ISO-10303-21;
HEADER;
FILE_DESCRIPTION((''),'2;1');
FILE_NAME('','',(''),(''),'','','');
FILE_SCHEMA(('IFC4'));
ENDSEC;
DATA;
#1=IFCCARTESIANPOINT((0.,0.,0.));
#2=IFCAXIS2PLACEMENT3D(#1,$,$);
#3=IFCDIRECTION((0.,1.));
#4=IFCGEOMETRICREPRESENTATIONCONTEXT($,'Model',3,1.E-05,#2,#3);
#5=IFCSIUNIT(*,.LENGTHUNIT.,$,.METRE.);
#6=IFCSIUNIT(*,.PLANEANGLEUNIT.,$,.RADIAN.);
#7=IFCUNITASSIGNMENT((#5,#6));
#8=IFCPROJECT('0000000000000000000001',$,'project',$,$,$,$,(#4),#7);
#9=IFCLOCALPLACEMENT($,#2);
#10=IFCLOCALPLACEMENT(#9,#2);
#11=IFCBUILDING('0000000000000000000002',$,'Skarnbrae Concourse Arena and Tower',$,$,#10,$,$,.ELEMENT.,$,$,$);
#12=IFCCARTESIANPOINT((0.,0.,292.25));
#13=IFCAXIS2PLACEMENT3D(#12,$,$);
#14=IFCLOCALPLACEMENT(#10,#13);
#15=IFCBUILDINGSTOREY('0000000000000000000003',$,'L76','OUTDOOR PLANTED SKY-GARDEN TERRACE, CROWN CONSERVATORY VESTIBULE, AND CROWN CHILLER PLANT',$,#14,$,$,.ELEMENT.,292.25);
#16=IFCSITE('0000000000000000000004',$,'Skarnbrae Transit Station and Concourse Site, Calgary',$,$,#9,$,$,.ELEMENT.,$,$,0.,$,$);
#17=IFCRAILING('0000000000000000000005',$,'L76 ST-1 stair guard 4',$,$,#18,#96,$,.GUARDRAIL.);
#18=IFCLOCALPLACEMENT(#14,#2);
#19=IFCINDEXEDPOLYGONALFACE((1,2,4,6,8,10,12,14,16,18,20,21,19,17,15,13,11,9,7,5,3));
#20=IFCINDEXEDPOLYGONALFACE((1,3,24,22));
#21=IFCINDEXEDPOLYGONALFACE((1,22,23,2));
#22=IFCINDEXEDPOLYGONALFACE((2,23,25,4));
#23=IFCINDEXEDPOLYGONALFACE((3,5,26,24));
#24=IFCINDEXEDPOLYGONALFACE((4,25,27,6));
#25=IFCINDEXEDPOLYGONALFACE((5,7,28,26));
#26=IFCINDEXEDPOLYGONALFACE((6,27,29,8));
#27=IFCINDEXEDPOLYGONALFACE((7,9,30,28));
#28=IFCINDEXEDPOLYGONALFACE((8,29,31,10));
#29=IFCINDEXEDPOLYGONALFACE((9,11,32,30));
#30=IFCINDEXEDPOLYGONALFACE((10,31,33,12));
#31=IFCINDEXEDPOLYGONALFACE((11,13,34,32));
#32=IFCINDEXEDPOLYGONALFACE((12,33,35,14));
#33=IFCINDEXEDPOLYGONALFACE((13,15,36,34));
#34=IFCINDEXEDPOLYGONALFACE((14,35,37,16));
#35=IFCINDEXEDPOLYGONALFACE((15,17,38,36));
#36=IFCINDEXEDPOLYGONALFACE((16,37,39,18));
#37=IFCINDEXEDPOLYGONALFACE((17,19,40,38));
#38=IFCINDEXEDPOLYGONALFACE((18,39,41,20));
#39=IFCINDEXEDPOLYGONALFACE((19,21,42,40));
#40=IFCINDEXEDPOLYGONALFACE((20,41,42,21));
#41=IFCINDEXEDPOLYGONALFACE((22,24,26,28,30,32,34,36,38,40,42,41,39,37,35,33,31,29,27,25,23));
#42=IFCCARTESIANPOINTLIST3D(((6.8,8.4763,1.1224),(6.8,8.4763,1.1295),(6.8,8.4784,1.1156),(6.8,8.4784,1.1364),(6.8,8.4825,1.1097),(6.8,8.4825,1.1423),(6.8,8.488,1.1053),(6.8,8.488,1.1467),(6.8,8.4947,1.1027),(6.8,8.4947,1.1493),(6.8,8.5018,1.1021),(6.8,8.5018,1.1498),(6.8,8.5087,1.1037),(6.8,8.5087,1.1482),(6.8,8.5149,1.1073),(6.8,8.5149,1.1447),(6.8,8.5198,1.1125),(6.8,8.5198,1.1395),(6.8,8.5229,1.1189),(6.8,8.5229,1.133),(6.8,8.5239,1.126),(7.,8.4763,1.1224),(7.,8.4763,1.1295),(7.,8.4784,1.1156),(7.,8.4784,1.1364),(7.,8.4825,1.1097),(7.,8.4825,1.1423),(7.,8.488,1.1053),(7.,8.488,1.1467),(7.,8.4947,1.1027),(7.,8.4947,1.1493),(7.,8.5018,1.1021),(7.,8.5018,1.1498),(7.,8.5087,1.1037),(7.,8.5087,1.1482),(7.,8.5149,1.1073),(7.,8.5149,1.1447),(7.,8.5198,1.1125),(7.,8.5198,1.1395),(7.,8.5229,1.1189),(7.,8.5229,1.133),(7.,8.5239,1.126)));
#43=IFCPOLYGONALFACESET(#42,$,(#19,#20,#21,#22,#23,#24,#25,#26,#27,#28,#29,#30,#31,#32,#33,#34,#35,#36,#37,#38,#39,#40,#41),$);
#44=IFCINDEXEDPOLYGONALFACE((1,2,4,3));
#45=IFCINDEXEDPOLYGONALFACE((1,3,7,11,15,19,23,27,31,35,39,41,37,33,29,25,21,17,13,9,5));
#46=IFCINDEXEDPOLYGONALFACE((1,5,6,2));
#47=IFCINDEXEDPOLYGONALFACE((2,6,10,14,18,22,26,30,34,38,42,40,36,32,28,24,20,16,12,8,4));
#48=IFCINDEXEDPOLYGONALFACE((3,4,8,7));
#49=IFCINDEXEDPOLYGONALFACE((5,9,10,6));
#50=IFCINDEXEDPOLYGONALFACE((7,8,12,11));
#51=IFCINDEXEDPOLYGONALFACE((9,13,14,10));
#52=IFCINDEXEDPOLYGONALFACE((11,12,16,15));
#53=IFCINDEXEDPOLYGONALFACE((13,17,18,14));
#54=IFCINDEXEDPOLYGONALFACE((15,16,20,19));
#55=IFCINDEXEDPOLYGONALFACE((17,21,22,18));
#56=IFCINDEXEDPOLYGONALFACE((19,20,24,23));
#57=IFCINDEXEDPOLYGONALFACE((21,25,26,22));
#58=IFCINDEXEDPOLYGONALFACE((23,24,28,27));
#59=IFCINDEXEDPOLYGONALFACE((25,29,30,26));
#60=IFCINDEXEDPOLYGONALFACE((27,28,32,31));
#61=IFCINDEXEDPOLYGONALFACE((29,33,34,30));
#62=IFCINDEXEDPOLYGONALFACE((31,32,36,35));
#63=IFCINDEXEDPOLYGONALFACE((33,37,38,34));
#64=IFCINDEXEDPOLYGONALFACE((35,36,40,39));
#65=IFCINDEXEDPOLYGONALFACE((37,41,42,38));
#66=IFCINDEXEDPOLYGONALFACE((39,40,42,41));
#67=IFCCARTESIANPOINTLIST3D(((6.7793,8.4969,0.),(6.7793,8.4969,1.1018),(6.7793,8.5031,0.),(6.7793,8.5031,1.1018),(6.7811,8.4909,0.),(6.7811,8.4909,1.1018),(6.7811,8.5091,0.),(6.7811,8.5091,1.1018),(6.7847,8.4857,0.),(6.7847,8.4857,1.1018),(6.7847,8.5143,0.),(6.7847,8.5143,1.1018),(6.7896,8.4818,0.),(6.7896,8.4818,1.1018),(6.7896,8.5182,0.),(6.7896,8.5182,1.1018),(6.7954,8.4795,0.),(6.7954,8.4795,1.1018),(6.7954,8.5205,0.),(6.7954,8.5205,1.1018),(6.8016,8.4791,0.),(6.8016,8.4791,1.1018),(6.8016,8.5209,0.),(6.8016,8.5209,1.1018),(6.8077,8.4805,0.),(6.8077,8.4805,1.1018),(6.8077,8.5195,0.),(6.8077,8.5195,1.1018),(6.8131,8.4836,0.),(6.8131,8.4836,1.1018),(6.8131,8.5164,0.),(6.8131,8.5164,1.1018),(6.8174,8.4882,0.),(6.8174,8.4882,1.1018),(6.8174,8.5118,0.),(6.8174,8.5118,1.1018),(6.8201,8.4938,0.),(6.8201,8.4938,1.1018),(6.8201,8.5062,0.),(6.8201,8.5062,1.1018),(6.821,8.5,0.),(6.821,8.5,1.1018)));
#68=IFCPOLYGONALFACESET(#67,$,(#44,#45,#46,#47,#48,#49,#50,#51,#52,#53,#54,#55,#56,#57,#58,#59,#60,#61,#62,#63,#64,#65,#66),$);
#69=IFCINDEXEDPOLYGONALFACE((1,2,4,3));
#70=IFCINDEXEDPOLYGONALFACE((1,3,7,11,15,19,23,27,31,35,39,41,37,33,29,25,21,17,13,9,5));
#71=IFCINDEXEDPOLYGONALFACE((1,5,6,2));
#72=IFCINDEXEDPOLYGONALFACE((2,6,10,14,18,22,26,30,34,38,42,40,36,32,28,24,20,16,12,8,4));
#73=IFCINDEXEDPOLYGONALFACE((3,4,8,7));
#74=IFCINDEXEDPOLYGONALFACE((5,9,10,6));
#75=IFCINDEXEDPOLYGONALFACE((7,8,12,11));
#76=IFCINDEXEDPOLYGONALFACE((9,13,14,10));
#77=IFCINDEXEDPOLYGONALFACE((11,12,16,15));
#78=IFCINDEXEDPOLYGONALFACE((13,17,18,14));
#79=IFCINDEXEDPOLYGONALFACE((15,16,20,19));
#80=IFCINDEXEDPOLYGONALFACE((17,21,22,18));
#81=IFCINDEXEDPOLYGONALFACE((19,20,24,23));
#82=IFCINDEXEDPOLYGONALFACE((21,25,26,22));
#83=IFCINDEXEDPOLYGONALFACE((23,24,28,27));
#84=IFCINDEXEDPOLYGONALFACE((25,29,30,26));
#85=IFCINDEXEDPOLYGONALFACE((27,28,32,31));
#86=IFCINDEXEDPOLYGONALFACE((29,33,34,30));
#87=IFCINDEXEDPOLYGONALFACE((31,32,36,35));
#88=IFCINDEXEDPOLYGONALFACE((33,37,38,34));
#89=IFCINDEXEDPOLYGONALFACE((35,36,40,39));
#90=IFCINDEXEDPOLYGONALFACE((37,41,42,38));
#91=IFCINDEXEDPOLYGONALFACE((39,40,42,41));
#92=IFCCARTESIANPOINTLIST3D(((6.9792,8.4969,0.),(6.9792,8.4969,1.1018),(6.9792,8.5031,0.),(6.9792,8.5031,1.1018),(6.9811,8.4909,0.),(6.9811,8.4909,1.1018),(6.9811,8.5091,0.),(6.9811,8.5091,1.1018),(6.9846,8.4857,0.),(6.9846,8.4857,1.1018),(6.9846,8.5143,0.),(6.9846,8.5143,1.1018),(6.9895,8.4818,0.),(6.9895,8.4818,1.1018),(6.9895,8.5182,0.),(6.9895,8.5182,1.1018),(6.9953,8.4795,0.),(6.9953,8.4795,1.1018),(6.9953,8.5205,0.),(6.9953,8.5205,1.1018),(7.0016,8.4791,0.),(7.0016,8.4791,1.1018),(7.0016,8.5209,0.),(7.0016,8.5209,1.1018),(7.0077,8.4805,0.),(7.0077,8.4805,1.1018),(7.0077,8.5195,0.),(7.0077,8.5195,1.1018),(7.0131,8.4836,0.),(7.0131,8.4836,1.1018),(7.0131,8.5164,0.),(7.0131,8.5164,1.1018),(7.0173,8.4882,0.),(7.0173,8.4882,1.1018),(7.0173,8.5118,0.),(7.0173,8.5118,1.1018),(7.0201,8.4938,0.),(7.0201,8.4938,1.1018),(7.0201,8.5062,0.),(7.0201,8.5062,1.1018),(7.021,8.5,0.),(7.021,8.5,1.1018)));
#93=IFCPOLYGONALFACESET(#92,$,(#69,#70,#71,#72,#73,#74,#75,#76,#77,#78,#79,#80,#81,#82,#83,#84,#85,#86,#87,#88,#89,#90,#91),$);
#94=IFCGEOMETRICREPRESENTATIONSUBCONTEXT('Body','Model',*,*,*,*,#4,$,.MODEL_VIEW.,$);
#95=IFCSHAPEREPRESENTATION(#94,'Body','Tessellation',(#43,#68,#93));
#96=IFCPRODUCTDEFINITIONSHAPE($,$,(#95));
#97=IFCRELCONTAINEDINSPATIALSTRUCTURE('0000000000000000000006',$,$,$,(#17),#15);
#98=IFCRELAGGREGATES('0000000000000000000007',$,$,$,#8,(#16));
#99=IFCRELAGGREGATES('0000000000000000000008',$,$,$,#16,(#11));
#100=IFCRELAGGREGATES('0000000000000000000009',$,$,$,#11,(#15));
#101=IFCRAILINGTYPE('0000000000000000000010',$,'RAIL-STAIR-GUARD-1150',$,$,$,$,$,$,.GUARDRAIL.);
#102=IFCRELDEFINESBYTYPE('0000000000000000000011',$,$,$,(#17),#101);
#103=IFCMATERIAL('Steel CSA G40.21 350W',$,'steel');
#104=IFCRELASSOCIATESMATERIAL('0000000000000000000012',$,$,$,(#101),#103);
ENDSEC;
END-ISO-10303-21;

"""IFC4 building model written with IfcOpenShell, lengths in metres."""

from ifc_helpers import new_model, si_unit, direction, frame, origin, origin_2d, place, context, subcontext, project, spatial, circle, extrude, material, type_object, element, save


model = new_model("IFC4")

# Units and contexts
model_context = context("Model", 3, precision=1e-05, world=origin(), true_north=direction((0.0, 1.0)))
body_context = subcontext(model_context, "Body", "Model", "MODEL_VIEW")
ifc_project = project(units=[si_unit("LENGTHUNIT", "METRE"), si_unit("PLANEANGLEUNIT", "RADIAN")], contexts=[model_context])

# Site, building, storey
site_placement = place(None, origin())
site = spatial("IfcSite", under=ifc_project, at=site_placement, Name="Skarnbrae Transit Station and Concourse Site, Calgary", CompositionType="ELEMENT", RefElevation=0.0)
building_placement = place(site_placement, origin())
building = spatial("IfcBuilding", under=site, at=building_placement, Name="Skarnbrae Concourse Arena and Tower", CompositionType="ELEMENT")
storey_placement = place(building_placement, frame((0.0, 0.0, 292.25)))
storey = spatial("IfcBuildingStorey", under=building, at=storey_placement, Name="L76", Description="OUTDOOR PLANTED SKY-GARDEN TERRACE, CROWN CONSERVATORY VESTIBULE, AND CROWN CHILLER PLANT", CompositionType="ELEMENT", Elevation=292.25)

# Shared definitions
ifc_material_1 = material(Name="Steel CSA G40.21 350W", Category="steel")

# Railing
railing_type_1 = type_object("IfcRailingType", Name="RAIL-STAIR-GUARD-1150", PredefinedType="GUARDRAIL", material=ifc_material_1)
railing_1_placement = place(storey_placement, frame((6.8, 8.5, 0.0)))
element("IfcRailing", 1, at=railing_1_placement, inside=storey, type_object=railing_type_1, Name="L76 ST-1 stair guard 4", PredefinedType="GUARDRAIL", context=body_context, shape_type="SweptSolid", body=[
    extrude(circle(Radius=0.0239, at=origin_2d()), frame((0.0, 0.0, 1.126), z_axis=(1.0, 0.0, 0.0), x_axis=(0.0, 1.0, 0.0)), (0.0, 0.0, 1.0), 0.2),
    extrude(circle(Radius=0.021, at=origin_2d()), origin(), (0.0, 0.0, 1.0), 1.1018),
    extrude(circle(Radius=0.021, at=origin_2d()), frame((0.2, 0.0, 0.0)), (0.0, 0.0, 1.0), 1.1018),
])

save(model, "model.ifc")
